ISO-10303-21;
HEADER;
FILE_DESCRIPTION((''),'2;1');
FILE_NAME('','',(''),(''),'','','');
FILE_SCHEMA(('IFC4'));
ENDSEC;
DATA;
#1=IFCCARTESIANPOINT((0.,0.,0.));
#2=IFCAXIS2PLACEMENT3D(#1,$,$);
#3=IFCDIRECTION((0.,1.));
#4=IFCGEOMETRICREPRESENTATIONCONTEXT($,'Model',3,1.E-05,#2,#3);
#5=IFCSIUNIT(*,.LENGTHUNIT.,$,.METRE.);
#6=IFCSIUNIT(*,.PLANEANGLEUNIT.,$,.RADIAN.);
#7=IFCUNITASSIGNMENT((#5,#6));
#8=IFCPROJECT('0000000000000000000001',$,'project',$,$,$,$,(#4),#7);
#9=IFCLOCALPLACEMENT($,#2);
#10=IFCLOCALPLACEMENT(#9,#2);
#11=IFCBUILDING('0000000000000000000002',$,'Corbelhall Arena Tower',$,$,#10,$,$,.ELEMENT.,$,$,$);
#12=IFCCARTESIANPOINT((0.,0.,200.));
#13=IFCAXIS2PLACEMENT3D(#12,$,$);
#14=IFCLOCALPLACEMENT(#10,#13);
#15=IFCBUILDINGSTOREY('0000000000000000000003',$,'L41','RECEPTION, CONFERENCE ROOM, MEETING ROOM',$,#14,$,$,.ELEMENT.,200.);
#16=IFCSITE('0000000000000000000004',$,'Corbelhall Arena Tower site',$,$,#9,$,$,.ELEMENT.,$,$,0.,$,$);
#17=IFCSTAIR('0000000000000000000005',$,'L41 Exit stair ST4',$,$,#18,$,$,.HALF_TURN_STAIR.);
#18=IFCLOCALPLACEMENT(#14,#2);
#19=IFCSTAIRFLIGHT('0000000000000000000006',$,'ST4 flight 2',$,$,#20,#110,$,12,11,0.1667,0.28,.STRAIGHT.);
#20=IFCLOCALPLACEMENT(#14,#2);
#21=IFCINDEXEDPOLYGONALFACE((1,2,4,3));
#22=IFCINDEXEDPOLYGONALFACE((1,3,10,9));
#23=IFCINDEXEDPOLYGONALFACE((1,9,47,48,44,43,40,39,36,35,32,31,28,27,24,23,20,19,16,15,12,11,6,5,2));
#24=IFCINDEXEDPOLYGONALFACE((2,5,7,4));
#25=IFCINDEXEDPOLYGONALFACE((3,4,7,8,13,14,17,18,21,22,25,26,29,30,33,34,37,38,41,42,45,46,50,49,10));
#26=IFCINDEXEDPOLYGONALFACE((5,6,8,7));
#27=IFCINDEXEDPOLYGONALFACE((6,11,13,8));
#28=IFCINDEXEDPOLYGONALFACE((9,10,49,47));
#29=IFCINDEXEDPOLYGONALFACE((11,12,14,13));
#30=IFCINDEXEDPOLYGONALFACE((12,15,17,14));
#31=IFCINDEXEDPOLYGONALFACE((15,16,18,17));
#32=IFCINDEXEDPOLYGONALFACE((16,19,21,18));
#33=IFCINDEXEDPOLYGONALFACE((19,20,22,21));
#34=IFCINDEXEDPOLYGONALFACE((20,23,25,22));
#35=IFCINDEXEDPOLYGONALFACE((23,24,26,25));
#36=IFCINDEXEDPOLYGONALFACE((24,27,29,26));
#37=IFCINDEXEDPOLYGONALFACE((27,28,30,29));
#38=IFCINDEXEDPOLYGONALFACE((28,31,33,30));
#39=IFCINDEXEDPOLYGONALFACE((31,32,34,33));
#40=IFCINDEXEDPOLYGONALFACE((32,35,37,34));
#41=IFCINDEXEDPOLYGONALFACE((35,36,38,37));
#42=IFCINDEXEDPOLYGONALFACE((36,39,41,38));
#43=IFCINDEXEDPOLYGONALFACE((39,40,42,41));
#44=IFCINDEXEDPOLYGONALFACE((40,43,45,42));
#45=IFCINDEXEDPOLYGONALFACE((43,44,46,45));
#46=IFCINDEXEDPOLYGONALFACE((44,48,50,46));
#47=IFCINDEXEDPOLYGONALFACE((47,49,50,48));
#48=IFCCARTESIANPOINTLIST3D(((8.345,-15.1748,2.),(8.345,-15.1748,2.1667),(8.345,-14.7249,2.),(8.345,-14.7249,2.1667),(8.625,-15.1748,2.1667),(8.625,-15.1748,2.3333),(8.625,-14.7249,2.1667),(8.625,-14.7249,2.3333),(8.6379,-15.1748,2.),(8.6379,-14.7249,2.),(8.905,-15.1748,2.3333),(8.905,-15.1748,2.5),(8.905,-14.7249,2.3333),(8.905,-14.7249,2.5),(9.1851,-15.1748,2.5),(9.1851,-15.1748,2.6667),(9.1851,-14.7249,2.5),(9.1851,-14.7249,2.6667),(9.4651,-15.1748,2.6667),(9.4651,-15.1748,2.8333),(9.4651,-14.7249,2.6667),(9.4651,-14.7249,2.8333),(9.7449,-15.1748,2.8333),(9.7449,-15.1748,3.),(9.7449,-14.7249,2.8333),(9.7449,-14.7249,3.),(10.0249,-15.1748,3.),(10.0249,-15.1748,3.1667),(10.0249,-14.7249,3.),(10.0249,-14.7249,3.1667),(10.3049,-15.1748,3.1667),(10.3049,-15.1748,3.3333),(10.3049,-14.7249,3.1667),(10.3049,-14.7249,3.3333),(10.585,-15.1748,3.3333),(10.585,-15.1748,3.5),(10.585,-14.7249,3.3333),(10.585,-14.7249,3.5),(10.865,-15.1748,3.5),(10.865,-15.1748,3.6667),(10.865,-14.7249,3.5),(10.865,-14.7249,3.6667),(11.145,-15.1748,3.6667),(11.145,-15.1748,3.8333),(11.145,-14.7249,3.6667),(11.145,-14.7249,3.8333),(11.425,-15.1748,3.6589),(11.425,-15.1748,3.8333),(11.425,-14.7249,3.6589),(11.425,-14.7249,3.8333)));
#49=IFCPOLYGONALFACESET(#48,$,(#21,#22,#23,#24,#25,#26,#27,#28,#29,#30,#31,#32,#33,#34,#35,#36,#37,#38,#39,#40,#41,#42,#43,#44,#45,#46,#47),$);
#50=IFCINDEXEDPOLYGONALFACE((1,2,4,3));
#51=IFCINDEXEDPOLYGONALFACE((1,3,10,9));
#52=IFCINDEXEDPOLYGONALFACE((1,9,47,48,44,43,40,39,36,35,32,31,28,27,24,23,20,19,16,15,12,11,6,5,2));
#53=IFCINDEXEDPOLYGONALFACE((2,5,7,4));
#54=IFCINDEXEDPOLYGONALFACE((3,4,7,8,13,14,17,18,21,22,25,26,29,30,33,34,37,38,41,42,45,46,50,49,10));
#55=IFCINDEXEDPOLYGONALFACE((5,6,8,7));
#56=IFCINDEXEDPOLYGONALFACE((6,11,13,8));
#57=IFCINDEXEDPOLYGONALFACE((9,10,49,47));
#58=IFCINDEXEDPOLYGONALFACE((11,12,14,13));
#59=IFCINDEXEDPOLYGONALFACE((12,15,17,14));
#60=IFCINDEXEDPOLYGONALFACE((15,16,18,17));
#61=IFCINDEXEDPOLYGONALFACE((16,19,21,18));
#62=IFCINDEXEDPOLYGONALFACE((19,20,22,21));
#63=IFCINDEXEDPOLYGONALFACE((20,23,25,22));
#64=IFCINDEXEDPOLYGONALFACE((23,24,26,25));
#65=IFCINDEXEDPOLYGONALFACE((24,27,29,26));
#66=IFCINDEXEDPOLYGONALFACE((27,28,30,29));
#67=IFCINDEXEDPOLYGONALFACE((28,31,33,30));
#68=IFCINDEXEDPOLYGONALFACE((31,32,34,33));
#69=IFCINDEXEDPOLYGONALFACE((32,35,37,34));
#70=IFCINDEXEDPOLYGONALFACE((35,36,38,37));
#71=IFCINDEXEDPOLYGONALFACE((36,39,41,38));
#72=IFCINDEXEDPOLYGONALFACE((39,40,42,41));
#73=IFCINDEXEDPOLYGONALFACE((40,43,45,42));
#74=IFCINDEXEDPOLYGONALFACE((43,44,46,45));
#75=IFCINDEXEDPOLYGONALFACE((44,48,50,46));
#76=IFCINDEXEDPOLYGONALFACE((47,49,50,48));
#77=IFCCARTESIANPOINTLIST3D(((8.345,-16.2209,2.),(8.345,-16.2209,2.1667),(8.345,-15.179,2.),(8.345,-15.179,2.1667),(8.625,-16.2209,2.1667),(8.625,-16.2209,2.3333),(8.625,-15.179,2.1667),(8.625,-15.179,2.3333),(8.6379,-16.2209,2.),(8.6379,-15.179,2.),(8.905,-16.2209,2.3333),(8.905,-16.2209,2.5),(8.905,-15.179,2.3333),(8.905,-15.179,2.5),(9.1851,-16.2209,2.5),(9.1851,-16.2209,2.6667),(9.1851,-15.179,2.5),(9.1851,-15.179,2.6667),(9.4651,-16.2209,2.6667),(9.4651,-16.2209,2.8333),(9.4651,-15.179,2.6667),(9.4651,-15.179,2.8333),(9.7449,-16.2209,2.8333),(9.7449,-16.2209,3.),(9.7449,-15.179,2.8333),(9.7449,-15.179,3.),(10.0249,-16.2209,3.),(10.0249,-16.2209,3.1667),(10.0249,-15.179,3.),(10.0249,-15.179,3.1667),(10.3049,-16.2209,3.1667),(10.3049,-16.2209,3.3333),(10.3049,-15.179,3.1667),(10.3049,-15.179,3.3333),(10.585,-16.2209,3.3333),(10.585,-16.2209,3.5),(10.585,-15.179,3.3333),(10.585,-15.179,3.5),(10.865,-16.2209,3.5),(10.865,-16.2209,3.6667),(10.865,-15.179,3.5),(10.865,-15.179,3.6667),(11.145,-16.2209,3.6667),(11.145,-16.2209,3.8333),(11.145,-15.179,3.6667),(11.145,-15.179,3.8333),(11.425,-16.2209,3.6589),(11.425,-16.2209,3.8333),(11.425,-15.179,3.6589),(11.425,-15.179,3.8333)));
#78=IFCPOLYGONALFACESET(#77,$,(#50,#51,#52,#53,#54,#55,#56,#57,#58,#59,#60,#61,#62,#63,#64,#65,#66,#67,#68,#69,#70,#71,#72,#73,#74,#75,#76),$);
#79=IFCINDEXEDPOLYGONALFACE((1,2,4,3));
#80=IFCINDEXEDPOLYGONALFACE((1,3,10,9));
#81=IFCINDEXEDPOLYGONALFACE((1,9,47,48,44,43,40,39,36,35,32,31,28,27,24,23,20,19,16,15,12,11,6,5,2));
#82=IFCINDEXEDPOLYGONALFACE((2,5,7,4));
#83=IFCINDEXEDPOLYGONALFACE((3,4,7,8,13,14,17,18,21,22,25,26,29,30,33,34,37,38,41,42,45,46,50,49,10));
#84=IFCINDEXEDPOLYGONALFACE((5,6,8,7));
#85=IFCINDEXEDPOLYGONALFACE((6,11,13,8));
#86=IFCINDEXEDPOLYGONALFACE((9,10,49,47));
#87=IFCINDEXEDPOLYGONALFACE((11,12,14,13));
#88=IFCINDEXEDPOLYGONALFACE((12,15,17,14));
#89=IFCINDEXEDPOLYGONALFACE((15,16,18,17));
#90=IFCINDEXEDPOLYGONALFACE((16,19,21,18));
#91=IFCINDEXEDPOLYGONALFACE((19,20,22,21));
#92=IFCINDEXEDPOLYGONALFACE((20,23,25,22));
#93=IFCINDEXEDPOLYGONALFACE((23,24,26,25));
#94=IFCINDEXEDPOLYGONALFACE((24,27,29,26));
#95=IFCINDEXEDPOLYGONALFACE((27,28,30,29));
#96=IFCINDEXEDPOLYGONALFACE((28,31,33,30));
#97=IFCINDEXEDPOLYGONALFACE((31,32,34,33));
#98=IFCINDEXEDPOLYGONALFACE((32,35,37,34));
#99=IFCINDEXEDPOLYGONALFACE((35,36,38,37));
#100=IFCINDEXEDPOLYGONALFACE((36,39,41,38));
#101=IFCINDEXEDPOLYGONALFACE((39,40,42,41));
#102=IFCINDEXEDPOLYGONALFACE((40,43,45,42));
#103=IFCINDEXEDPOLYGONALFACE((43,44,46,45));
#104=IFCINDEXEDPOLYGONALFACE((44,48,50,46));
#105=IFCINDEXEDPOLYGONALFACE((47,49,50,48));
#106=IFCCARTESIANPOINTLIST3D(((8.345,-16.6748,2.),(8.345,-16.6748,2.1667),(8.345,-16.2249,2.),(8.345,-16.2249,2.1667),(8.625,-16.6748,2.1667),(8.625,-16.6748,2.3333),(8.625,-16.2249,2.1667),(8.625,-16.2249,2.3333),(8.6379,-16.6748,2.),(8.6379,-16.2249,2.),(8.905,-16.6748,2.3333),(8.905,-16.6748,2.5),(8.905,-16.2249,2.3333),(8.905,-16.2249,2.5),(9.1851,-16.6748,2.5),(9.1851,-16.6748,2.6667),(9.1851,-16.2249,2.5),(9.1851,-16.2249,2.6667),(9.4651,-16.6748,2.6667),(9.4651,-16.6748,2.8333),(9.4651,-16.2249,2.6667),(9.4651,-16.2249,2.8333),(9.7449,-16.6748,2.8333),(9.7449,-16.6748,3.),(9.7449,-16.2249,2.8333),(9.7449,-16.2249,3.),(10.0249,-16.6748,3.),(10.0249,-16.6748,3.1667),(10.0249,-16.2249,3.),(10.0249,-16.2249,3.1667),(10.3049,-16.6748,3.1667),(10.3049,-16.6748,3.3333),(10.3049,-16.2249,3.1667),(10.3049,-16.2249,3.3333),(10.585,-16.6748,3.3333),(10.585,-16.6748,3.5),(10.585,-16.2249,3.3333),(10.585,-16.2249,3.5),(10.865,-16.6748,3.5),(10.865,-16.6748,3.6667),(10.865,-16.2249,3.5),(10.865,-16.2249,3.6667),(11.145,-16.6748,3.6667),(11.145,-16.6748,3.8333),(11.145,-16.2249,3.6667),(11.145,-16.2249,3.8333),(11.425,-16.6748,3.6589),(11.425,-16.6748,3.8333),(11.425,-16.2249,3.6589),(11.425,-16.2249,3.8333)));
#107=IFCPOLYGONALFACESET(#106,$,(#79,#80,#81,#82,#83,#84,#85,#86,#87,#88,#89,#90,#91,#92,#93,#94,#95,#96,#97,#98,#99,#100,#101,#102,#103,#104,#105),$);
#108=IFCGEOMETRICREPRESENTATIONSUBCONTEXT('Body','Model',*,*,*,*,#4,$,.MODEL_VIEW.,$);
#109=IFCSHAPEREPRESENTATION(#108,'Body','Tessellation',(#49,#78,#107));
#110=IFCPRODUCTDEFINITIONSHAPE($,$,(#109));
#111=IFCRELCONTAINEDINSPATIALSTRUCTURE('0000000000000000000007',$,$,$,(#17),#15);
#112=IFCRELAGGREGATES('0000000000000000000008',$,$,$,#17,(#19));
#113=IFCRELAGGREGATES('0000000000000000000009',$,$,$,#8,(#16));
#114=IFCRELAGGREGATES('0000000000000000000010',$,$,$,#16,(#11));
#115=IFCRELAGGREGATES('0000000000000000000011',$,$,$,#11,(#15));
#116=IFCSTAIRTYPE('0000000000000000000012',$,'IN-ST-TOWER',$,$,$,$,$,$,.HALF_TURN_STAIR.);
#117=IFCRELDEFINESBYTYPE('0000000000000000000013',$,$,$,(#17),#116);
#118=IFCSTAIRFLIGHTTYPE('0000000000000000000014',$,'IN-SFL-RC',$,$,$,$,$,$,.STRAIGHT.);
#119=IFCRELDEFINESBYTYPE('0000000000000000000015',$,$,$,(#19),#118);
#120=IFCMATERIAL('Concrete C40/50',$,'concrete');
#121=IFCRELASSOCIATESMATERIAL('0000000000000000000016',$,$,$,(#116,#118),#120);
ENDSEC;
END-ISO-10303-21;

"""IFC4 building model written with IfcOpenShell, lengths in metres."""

from ifc_helpers import new_model, si_unit, direction, frame, origin, place, context, subcontext, project, spatial, polyline, outline, extrude, material, type_object, element, aggregate, save


model = new_model("IFC4")

# Units and contexts
model_context = context("Model", 3, precision=1e-05, world=origin(), true_north=direction((0.0, 1.0)))
body_context = subcontext(model_context, "Body", "Model", "MODEL_VIEW")
ifc_project = project(units=[si_unit("LENGTHUNIT", "METRE"), si_unit("PLANEANGLEUNIT", "RADIAN")], contexts=[model_context])

# Site, building, storey
site_placement = place(None, origin())
site = spatial("IfcSite", under=ifc_project, at=site_placement, Name="Corbelhall Arena Tower site", CompositionType="ELEMENT", RefElevation=0.0)
building_placement = place(site_placement, origin())
building = spatial("IfcBuilding", under=site, at=building_placement, Name="Corbelhall Arena Tower", CompositionType="ELEMENT")
storey_placement = place(building_placement, frame((0.0, 0.0, 200.0)))
storey = spatial("IfcBuildingStorey", under=building, at=storey_placement, Name="L41", Description="RECEPTION, CONFERENCE ROOM, MEETING ROOM", CompositionType="ELEMENT", Elevation=200.0)

# Shared definitions
ifc_material_1 = material(Name="Concrete C40/50", Category="concrete")

# Stair, stair flight
stair_type = type_object("IfcStairType", Name="IN-ST-TOWER", PredefinedType="HALF_TURN_STAIR", material=ifc_material_1)
stair_placement = place(storey_placement, origin())
stair = element("IfcStair", 1, at=stair_placement, inside=storey, type_object=stair_type, Name="L41 Exit stair ST4", PredefinedType="HALF_TURN_STAIR")
stair_flight_type = type_object("IfcStairFlightType", Name="IN-SFL-RC", PredefinedType="STRAIGHT", material=ifc_material_1)
stair_flight_placement = place(storey_placement, frame((8.345, -15.7, 2.0), z_axis=(0.0, 0.0, 1.0), x_axis=(1.0, 0.0, 0.0)))
stair_flight = element("IfcStairFlight", 2, at=stair_flight_placement, type_object=stair_flight_type, Name="ST4 flight 2", NumberOfRisers=12, NumberOfTreads=11, PredefinedType="STRAIGHT", RiserHeight=0.1667, TreadLength=0.28, context=body_context, shape_type="SweptSolid", body=[
    extrude(outline(polyline([(0.0, 0.0), (0.0, 0.1667), (0.28, 0.1667), (0.28, 0.3333), (0.5601, 0.3333), (0.5601, 0.5), (0.8401, 0.5), (0.8401, 0.6667), (1.1201, 0.6667), (1.1201, 0.8333), (1.3999, 0.8333), (1.3999, 1.0), (1.6799, 1.0), (1.6799, 1.1667), (1.96, 1.1667), (1.96, 1.3333), (2.24, 1.3333), (2.24, 1.5), (2.52, 1.5), (2.52, 1.6667), (2.8, 1.6667), (2.8, 1.8333), (3.0801, 1.8333), (3.0801, 2.0), (3.0801, 1.6589), (0.293, 0.0), (0.0, 0.0)])), frame((0.0, 0.9751, 0.0), z_axis=(0.0, -1.0, 0.0), x_axis=(1.0, 0.0, 0.0)), (0.0, 0.0, 1.0), 0.45),
    extrude(outline(polyline([(0.0, 0.0), (0.0, 0.1667), (0.28, 0.1667), (0.28, 0.3333), (0.5601, 0.3333), (0.5601, 0.5), (0.8401, 0.5), (0.8401, 0.6667), (1.1201, 0.6667), (1.1201, 0.8333), (1.3999, 0.8333), (1.3999, 1.0), (1.6799, 1.0), (1.6799, 1.1667), (1.96, 1.1667), (1.96, 1.3333), (2.24, 1.3333), (2.24, 1.5), (2.52, 1.5), (2.52, 1.6667), (2.8, 1.6667), (2.8, 1.8333), (3.0801, 1.8333), (3.0801, 2.0), (3.0801, 1.6589), (0.293, 0.0), (0.0, 0.0)])), frame((0.0, 0.521, 0.0), z_axis=(0.0, -1.0, 0.0), x_axis=(1.0, 0.0, 0.0)), (0.0, 0.0, 1.0), 1.042),
    extrude(outline(polyline([(0.0, 0.0), (0.0, 0.1667), (0.28, 0.1667), (0.28, 0.3333), (0.5601, 0.3333), (0.5601, 0.5), (0.8401, 0.5), (0.8401, 0.6667), (1.1201, 0.6667), (1.1201, 0.8333), (1.3999, 0.8333), (1.3999, 1.0), (1.6799, 1.0), (1.6799, 1.1667), (1.96, 1.1667), (1.96, 1.3333), (2.24, 1.3333), (2.24, 1.5), (2.52, 1.5), (2.52, 1.6667), (2.8, 1.6667), (2.8, 1.8333), (3.0801, 1.8333), (3.0801, 2.0), (3.0801, 1.6589), (0.293, 0.0), (0.0, 0.0)])), frame((0.0, -0.5249, 0.0), z_axis=(0.0, -1.0, 0.0), x_axis=(1.0, 0.0, 0.0)), (0.0, 0.0, 1.0), 0.45),
])
aggregate(stair, [stair_flight])

save(model, "model.ifc")
